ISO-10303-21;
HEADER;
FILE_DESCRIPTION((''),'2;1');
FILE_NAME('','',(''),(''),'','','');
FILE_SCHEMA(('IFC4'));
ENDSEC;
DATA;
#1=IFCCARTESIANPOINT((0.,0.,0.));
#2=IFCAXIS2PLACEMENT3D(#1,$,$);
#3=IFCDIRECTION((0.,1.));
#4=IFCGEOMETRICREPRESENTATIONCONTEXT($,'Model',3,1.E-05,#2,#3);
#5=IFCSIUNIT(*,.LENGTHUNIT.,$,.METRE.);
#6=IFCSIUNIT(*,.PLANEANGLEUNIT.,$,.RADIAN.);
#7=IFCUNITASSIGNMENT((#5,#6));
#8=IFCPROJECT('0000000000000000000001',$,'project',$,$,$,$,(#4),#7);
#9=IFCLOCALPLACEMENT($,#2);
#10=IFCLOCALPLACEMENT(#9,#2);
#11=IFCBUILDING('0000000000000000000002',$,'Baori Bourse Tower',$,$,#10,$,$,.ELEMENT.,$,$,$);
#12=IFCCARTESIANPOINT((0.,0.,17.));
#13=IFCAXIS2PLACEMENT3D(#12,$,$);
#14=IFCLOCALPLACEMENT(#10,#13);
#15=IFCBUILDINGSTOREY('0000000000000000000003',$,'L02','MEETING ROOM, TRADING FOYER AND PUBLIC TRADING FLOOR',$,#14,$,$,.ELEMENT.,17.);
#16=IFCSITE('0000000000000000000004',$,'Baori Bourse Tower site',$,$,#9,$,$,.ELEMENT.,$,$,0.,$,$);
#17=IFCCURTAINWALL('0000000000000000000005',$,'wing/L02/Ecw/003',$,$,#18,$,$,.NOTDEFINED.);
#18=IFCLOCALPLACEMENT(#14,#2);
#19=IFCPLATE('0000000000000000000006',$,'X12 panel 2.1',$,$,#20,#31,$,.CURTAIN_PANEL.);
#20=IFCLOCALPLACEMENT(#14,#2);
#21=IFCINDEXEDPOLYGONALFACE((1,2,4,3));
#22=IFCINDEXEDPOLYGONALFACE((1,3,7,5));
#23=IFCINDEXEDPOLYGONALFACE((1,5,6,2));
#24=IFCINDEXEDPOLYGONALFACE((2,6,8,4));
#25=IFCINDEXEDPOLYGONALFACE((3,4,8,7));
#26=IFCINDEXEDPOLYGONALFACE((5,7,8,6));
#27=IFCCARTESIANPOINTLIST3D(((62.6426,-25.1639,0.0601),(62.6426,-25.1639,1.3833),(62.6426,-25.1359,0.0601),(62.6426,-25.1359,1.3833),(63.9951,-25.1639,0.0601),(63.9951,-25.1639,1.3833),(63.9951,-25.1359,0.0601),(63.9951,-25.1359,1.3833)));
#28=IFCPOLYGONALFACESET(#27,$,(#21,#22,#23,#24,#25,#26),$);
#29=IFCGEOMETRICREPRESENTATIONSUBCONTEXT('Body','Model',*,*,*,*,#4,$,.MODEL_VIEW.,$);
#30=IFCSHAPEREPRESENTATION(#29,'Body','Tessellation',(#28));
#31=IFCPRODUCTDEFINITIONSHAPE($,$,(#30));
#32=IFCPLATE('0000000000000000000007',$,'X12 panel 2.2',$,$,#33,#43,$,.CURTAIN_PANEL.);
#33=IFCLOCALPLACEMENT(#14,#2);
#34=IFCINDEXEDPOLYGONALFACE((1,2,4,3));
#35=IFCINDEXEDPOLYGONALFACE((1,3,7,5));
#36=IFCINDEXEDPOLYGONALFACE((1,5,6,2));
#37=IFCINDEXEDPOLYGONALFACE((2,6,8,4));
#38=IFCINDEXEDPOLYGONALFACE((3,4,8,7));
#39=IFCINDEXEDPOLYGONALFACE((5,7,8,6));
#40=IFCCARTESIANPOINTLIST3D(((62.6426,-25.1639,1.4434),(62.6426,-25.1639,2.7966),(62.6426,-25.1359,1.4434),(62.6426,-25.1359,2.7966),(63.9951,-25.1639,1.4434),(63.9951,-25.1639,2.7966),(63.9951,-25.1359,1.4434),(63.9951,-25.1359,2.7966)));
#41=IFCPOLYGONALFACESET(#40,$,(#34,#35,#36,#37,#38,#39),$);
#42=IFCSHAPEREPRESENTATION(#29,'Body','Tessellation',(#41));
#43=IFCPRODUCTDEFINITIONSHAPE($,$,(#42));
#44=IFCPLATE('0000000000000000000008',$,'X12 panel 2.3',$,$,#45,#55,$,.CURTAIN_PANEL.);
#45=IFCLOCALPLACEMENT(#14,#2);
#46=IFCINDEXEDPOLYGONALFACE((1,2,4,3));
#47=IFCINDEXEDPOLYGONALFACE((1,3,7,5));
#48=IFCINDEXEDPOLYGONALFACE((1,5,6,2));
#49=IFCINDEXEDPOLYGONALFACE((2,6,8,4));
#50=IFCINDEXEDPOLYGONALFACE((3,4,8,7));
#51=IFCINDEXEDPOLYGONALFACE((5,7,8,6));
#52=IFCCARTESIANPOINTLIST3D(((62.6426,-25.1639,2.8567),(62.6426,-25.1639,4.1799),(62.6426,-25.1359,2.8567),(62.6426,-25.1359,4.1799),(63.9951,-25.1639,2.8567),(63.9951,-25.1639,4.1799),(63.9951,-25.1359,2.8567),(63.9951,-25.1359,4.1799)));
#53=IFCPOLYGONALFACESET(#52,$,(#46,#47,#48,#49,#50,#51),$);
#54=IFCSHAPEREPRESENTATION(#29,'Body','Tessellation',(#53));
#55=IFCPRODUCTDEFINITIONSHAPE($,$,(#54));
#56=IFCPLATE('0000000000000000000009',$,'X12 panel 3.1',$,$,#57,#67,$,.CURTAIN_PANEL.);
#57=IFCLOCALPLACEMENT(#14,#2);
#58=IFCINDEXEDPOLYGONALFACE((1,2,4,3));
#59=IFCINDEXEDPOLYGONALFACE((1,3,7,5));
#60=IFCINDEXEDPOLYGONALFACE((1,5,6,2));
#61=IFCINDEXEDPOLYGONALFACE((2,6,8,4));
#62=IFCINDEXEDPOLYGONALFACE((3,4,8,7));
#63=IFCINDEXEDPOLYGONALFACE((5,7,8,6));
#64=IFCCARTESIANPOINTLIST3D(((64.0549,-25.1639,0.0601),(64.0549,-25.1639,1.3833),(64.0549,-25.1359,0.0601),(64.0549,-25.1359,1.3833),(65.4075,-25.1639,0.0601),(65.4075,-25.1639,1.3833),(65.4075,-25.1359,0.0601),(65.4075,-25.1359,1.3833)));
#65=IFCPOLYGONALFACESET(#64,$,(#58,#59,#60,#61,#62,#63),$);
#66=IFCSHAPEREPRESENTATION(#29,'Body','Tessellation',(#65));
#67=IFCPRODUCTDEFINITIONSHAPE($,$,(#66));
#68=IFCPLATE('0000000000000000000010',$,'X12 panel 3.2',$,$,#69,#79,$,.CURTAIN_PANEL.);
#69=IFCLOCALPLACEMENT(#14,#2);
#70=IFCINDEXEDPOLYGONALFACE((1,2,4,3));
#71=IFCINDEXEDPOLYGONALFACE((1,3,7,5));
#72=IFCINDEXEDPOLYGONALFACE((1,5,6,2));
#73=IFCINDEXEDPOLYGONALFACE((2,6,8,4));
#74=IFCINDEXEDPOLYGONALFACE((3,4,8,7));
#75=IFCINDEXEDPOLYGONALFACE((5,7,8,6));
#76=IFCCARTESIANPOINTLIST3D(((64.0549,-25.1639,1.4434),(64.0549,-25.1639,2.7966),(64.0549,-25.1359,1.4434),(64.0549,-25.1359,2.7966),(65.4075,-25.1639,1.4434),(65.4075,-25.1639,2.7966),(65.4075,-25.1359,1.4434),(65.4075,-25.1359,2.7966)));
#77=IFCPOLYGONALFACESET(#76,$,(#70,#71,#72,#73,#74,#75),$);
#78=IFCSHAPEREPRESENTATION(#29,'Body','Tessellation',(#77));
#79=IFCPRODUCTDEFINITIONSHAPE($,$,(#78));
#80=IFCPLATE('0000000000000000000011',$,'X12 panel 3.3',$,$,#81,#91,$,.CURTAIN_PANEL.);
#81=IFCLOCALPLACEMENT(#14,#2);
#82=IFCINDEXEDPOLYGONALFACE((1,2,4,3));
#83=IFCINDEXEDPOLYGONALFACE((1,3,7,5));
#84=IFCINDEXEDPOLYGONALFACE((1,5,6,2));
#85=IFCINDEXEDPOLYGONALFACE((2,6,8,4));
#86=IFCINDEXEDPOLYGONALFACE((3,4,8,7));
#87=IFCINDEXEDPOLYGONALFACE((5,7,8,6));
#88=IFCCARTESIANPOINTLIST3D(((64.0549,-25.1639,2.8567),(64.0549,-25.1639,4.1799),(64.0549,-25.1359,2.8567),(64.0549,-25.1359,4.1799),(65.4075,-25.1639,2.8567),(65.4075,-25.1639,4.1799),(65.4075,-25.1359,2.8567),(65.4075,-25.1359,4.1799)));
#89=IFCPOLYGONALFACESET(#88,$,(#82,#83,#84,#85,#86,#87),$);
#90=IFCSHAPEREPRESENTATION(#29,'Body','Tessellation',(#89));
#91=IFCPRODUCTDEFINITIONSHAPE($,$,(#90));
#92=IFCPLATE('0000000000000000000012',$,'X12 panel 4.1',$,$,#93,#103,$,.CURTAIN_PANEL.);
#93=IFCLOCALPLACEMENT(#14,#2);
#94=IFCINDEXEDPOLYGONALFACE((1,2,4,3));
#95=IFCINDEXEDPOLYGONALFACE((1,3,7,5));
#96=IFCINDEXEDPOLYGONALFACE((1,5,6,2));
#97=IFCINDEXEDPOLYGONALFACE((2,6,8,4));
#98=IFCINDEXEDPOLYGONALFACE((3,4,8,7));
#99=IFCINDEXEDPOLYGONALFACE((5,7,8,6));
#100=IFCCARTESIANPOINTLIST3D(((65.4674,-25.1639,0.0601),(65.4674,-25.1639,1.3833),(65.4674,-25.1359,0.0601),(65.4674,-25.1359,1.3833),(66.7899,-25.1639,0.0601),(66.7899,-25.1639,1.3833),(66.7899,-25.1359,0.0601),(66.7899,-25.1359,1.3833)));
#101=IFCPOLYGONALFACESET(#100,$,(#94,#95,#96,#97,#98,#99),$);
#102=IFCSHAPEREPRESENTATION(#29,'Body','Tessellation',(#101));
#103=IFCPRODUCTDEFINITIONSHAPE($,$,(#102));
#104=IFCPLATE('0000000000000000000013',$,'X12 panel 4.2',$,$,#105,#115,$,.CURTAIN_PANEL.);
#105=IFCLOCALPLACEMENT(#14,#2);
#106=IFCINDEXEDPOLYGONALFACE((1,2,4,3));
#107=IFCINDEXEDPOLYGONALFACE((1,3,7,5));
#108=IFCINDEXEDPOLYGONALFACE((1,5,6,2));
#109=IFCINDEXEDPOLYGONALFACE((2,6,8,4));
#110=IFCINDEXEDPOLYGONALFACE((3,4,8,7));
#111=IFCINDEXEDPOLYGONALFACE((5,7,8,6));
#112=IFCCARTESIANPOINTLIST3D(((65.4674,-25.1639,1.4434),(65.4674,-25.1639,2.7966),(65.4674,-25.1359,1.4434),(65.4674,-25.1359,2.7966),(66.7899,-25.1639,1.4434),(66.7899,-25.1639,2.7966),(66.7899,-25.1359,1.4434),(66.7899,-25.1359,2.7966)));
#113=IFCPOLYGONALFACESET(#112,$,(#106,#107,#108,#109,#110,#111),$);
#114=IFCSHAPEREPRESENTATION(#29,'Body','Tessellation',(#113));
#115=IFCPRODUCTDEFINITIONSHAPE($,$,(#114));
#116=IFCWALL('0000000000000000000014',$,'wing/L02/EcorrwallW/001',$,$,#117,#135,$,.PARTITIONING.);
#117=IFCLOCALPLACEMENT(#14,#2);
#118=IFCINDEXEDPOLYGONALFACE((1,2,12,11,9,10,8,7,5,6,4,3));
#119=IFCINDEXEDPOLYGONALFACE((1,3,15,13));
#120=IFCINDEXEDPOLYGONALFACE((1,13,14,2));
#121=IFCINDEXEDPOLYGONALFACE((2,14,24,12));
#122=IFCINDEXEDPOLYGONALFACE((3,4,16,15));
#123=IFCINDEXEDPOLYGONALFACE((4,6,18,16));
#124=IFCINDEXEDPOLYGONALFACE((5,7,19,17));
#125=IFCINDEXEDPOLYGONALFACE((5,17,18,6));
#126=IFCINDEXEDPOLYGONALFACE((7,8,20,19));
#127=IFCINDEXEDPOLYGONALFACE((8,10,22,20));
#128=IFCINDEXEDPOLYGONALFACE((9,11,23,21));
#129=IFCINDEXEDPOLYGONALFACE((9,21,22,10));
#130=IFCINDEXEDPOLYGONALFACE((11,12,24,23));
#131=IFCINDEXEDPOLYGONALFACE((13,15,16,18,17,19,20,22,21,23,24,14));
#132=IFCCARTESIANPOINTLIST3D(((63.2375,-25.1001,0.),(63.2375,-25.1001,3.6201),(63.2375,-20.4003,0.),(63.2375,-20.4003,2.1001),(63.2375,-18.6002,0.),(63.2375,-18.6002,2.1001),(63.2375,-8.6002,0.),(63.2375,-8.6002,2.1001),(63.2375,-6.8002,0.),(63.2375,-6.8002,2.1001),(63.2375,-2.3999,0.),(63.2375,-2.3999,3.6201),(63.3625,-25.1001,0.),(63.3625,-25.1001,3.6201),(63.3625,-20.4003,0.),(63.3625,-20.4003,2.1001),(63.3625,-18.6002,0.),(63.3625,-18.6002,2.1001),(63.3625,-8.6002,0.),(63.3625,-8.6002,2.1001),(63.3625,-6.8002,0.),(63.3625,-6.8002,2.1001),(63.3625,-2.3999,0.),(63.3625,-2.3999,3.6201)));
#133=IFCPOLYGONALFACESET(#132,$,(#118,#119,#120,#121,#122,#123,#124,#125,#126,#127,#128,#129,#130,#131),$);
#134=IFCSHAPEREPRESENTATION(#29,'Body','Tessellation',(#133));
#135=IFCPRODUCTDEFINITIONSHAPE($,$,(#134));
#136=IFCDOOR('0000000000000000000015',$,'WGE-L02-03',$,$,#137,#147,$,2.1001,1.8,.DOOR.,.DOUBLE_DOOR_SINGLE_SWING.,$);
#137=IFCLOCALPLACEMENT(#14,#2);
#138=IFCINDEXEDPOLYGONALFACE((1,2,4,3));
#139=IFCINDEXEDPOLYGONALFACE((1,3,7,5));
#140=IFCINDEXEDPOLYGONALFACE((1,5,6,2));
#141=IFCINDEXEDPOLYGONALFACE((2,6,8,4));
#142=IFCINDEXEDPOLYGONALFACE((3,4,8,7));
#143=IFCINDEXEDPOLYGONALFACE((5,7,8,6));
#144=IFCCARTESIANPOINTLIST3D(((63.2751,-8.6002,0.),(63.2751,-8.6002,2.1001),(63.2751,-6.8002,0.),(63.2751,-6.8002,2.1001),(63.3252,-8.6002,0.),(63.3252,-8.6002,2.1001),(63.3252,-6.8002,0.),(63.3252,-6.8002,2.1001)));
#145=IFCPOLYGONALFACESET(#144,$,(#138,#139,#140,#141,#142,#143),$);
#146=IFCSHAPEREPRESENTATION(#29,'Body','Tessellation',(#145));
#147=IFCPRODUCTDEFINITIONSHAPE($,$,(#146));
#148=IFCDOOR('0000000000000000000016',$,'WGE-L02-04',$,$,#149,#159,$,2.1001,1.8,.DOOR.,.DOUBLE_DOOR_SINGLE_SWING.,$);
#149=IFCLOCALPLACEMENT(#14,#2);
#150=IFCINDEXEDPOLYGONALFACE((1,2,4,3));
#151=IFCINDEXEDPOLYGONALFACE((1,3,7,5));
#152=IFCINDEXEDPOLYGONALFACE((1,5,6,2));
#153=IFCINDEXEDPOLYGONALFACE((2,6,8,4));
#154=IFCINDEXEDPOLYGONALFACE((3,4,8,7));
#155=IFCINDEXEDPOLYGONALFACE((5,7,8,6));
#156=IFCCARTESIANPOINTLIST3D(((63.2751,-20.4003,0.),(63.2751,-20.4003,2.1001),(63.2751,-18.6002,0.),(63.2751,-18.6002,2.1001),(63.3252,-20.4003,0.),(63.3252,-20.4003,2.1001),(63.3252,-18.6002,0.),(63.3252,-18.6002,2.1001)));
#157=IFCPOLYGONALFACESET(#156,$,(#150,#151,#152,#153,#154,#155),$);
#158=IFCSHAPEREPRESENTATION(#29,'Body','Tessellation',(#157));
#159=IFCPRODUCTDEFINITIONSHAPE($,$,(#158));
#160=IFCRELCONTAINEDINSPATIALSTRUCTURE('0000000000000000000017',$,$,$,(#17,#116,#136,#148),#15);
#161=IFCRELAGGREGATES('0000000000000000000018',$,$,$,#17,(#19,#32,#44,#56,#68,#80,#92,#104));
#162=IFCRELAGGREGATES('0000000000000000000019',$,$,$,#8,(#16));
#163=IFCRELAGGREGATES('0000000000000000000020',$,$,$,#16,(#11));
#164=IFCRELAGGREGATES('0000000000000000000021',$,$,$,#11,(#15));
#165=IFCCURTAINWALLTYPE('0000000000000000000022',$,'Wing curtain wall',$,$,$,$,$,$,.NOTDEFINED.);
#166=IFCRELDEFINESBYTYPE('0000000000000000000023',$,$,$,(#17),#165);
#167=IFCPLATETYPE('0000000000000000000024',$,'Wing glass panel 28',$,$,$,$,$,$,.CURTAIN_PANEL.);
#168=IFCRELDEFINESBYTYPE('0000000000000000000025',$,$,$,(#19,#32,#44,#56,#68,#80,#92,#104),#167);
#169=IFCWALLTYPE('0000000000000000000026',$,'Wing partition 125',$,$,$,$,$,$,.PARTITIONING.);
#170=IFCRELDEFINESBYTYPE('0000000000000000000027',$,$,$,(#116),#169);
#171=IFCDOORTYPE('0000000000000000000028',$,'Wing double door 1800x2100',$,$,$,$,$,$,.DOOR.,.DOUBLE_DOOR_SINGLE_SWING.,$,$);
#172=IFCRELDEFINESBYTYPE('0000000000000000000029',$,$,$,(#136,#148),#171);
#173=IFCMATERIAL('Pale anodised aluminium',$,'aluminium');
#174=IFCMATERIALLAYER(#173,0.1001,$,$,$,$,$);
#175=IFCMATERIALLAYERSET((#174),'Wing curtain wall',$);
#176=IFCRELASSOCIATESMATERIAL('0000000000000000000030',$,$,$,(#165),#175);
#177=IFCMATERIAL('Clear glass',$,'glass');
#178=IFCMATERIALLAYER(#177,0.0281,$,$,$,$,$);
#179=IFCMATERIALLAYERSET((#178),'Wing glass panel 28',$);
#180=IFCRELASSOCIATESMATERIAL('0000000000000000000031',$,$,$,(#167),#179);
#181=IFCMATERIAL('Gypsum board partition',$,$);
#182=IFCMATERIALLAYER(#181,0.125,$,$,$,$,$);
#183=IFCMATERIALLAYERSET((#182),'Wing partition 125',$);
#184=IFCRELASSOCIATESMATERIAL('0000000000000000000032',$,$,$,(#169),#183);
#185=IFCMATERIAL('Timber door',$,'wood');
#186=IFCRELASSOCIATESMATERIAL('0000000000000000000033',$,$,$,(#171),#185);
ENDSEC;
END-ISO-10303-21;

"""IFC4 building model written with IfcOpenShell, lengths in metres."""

from ifc_helpers import new_model, si_unit, direction, frame, frame_2d, origin, origin_2d, place, context, subcontext, project, spatial, rectangle, extrude, material, layer, layer_set, type_object, element, fill, aggregate, save


model = new_model("IFC4")

# Units and contexts
model_context = context("Model", 3, precision=1e-05, world=origin(), true_north=direction((0.0, 1.0)))
body_context = subcontext(model_context, "Body", "Model", "MODEL_VIEW")
ifc_project = project(units=[si_unit("LENGTHUNIT", "METRE"), si_unit("PLANEANGLEUNIT", "RADIAN")], contexts=[model_context])

# Site, building, storey
site_placement = place(None, origin())
site = spatial("IfcSite", under=ifc_project, at=site_placement, Name="Baori Bourse Tower site", CompositionType="ELEMENT", RefElevation=0.0)
building_placement = place(site_placement, origin())
building = spatial("IfcBuilding", under=site, at=building_placement, Name="Baori Bourse Tower", CompositionType="ELEMENT")
storey_placement = place(building_placement, frame((0.0, 0.0, 17.0)))
storey = spatial("IfcBuildingStorey", under=building, at=storey_placement, Name="L02", Description="MEETING ROOM, TRADING FOYER AND PUBLIC TRADING FLOOR", CompositionType="ELEMENT", Elevation=17.0)

# Curtain wall, plates
ifc_material_1 = material(Name="Pale anodised aluminium", Category="aluminium")
ifc_layer_1 = layer(ifc_material_1, 0.1001)
ifc_layer_set_1 = layer_set([ifc_layer_1], Name="Wing curtain wall")
curtain_wall_type = type_object("IfcCurtainWallType", Name="Wing curtain wall", PredefinedType="NOTDEFINED", material=ifc_layer_set_1)
curtain_wall_placement = place(storey_placement, origin())
curtain_wall = element("IfcCurtainWall", 1, at=curtain_wall_placement, inside=storey, type_object=curtain_wall_type, Name="wing/L02/Ecw/003", PredefinedType="NOTDEFINED")
ifc_material_2 = material(Name="Clear glass", Category="glass")
ifc_layer_2 = layer(ifc_material_2, 0.0281)
ifc_layer_set_2 = layer_set([ifc_layer_2], Name="Wing glass panel 28")
plate_type = type_object("IfcPlateType", Name="Wing glass panel 28", PredefinedType="CURTAIN_PANEL", material=ifc_layer_set_2)
plate_1_placement = place(storey_placement, frame((63.3188, -25.1499, 0.0601), z_axis=(0.0, 0.0, 1.0), x_axis=(1.0, 0.0, 0.0)))
plate_1 = element("IfcPlate", 2, at=plate_1_placement, type_object=plate_type, Name="X12 panel 2.1", PredefinedType="CURTAIN_PANEL", context=body_context, shape_type="SweptSolid", body=[
    extrude(rectangle(XDim=1.3525, YDim=0.0281, at=origin_2d()), origin(), (0.0, 0.0, 1.0), 1.3232),
])
plate_2_placement = place(storey_placement, frame((63.3188, -25.1499, 1.4434), z_axis=(0.0, 0.0, 1.0), x_axis=(1.0, 0.0, 0.0)))
plate_2 = element("IfcPlate", 3, at=plate_2_placement, type_object=plate_type, Name="X12 panel 2.2", PredefinedType="CURTAIN_PANEL", context=body_context, shape_type="SweptSolid", body=[
    extrude(rectangle(XDim=1.3525, YDim=0.0281, at=origin_2d()), origin(), (0.0, 0.0, 1.0), 1.3533),
])
plate_3_placement = place(storey_placement, frame((63.3188, -25.1499, 2.8567), z_axis=(0.0, 0.0, 1.0), x_axis=(1.0, 0.0, 0.0)))
plate_3 = element("IfcPlate", 4, at=plate_3_placement, type_object=plate_type, Name="X12 panel 2.3", PredefinedType="CURTAIN_PANEL", context=body_context, shape_type="SweptSolid", body=[
    extrude(rectangle(XDim=1.3525, YDim=0.0281, at=origin_2d()), origin(), (0.0, 0.0, 1.0), 1.3232),
])
plate_4_placement = place(storey_placement, frame((64.7312, -25.1499, 0.0601), z_axis=(0.0, 0.0, 1.0), x_axis=(1.0, 0.0, 0.0)))
plate_4 = element("IfcPlate", 5, at=plate_4_placement, type_object=plate_type, Name="X12 panel 3.1", PredefinedType="CURTAIN_PANEL", context=body_context, shape_type="SweptSolid", body=[
    extrude(rectangle(XDim=1.3525, YDim=0.0281, at=origin_2d()), origin(), (0.0, 0.0, 1.0), 1.3232),
])
plate_5_placement = place(storey_placement, frame((64.7312, -25.1499, 1.4434), z_axis=(0.0, 0.0, 1.0), x_axis=(1.0, 0.0, 0.0)))
plate_5 = element("IfcPlate", 6, at=plate_5_placement, type_object=plate_type, Name="X12 panel 3.2", PredefinedType="CURTAIN_PANEL", context=body_context, shape_type="SweptSolid", body=[
    extrude(rectangle(XDim=1.3525, YDim=0.0281, at=origin_2d()), origin(), (0.0, 0.0, 1.0), 1.3533),
])
plate_6_placement = place(storey_placement, frame((64.7312, -25.1499, 2.8567), z_axis=(0.0, 0.0, 1.0), x_axis=(1.0, 0.0, 0.0)))
plate_6 = element("IfcPlate", 7, at=plate_6_placement, type_object=plate_type, Name="X12 panel 3.3", PredefinedType="CURTAIN_PANEL", context=body_context, shape_type="SweptSolid", body=[
    extrude(rectangle(XDim=1.3525, YDim=0.0281, at=origin_2d()), origin(), (0.0, 0.0, 1.0), 1.3232),
])
plate_7_placement = place(storey_placement, frame((66.1287, -25.1499, 0.0601), z_axis=(0.0, 0.0, 1.0), x_axis=(1.0, 0.0, 0.0)))
plate_7 = element("IfcPlate", 8, at=plate_7_placement, type_object=plate_type, Name="X12 panel 4.1", PredefinedType="CURTAIN_PANEL", context=body_context, shape_type="SweptSolid", body=[
    extrude(rectangle(XDim=1.3225, YDim=0.0281, at=origin_2d()), origin(), (0.0, 0.0, 1.0), 1.3232),
])
plate_8_placement = place(storey_placement, frame((66.1287, -25.1499, 1.4434), z_axis=(0.0, 0.0, 1.0), x_axis=(1.0, 0.0, 0.0)))
plate_8 = element("IfcPlate", 9, at=plate_8_placement, type_object=plate_type, Name="X12 panel 4.2", PredefinedType="CURTAIN_PANEL", context=body_context, shape_type="SweptSolid", body=[
    extrude(rectangle(XDim=1.3225, YDim=0.0281, at=origin_2d()), origin(), (0.0, 0.0, 1.0), 1.3533),
])
aggregate(curtain_wall, [plate_1, plate_2, plate_3, plate_4, plate_5, plate_6, plate_7, plate_8])

# Wall, openings, doors
ifc_material_3 = material(Name="Gypsum board partition")
ifc_layer_3 = layer(ifc_material_3, 0.125)
ifc_layer_set_3 = layer_set([ifc_layer_3], Name="Wing partition 125")
wall_type = type_object("IfcWallType", Name="Wing partition 125", PredefinedType="PARTITIONING", material=ifc_layer_set_3)
wall_placement = place(storey_placement, frame((63.3, -25.1001, 0.0), z_axis=(0.0, 0.0, 1.0), x_axis=(0.0, 1.0, 0.0)))
wall = element("IfcWall", 10, at=wall_placement, inside=storey, type_object=wall_type, Name="wing/L02/EcorrwallW/001", PredefinedType="PARTITIONING", context=body_context, shape_type="SweptSolid", body=[
    extrude(rectangle(XDim=22.7002, YDim=0.125, at=frame_2d((11.3501, 0.0))), origin(), (0.0, 0.0, 1.0), 3.6201),
])
opening_1_placement = place(wall_placement, frame((16.5, 0.0, 0.0)))
opening_1 = element("IfcOpeningElement", 11, at=opening_1_placement, cuts=wall, PredefinedType="OPENING", context=body_context, shape_type="SweptSolid", body=[
    extrude(rectangle(XDim=1.8, YDim=2.1001, at=frame_2d((0.8999, 1.05))), frame((0.0, 0.0725, 0.0), z_axis=(0.0, -1.0, 0.0), x_axis=(1.0, 0.0, 0.0)), (0.0, 0.0, 1.0), 0.145),
])
opening_2_placement = place(wall_placement, frame((4.7, 0.0, 0.0)))
opening_2 = element("IfcOpeningElement", 12, at=opening_2_placement, cuts=wall, PredefinedType="OPENING", context=body_context, shape_type="SweptSolid", body=[
    extrude(rectangle(XDim=1.8, YDim=2.1001, at=frame_2d((0.8999, 1.05))), frame((0.0, 0.0725, 0.0), z_axis=(0.0, -1.0, 0.0), x_axis=(1.0, 0.0, 0.0)), (0.0, 0.0, 1.0), 0.145),
])
ifc_material_4 = material(Name="Timber door", Category="wood")
door_type = type_object("IfcDoorType", Name="Wing double door 1800x2100", OperationType="DOUBLE_DOOR_SINGLE_SWING", PredefinedType="DOOR", material=ifc_material_4)
door_1_placement = place(opening_1_placement, origin())
door_1 = element("IfcDoor", 13, at=door_1_placement, inside=storey, type_object=door_type, Name="WGE-L02-03", OperationType="DOUBLE_DOOR_SINGLE_SWING", OverallHeight=2.1001, OverallWidth=1.8, PredefinedType="DOOR", context=body_context, shape_type="SweptSolid", body=[
    extrude(rectangle(XDim=1.8, YDim=2.1001, at=frame_2d((0.8999, 1.05))), frame((0.0, 0.0249, 0.0), z_axis=(0.0, -1.0, 0.0), x_axis=(1.0, 0.0, 0.0)), (0.0, 0.0, 1.0), 0.05),
])
fill(opening_1, door_1)
door_2_placement = place(opening_2_placement, origin())
door_2 = element("IfcDoor", 14, at=door_2_placement, inside=storey, type_object=door_type, Name="WGE-L02-04", OperationType="DOUBLE_DOOR_SINGLE_SWING", OverallHeight=2.1001, OverallWidth=1.8, PredefinedType="DOOR", context=body_context, shape_type="SweptSolid", body=[
    extrude(rectangle(XDim=1.8, YDim=2.1001, at=frame_2d((0.8999, 1.05))), frame((0.0, 0.0249, 0.0), z_axis=(0.0, -1.0, 0.0), x_axis=(1.0, 0.0, 0.0)), (0.0, 0.0, 1.0), 0.05),
])
fill(opening_2, door_2)

save(model, "model.ifc")
